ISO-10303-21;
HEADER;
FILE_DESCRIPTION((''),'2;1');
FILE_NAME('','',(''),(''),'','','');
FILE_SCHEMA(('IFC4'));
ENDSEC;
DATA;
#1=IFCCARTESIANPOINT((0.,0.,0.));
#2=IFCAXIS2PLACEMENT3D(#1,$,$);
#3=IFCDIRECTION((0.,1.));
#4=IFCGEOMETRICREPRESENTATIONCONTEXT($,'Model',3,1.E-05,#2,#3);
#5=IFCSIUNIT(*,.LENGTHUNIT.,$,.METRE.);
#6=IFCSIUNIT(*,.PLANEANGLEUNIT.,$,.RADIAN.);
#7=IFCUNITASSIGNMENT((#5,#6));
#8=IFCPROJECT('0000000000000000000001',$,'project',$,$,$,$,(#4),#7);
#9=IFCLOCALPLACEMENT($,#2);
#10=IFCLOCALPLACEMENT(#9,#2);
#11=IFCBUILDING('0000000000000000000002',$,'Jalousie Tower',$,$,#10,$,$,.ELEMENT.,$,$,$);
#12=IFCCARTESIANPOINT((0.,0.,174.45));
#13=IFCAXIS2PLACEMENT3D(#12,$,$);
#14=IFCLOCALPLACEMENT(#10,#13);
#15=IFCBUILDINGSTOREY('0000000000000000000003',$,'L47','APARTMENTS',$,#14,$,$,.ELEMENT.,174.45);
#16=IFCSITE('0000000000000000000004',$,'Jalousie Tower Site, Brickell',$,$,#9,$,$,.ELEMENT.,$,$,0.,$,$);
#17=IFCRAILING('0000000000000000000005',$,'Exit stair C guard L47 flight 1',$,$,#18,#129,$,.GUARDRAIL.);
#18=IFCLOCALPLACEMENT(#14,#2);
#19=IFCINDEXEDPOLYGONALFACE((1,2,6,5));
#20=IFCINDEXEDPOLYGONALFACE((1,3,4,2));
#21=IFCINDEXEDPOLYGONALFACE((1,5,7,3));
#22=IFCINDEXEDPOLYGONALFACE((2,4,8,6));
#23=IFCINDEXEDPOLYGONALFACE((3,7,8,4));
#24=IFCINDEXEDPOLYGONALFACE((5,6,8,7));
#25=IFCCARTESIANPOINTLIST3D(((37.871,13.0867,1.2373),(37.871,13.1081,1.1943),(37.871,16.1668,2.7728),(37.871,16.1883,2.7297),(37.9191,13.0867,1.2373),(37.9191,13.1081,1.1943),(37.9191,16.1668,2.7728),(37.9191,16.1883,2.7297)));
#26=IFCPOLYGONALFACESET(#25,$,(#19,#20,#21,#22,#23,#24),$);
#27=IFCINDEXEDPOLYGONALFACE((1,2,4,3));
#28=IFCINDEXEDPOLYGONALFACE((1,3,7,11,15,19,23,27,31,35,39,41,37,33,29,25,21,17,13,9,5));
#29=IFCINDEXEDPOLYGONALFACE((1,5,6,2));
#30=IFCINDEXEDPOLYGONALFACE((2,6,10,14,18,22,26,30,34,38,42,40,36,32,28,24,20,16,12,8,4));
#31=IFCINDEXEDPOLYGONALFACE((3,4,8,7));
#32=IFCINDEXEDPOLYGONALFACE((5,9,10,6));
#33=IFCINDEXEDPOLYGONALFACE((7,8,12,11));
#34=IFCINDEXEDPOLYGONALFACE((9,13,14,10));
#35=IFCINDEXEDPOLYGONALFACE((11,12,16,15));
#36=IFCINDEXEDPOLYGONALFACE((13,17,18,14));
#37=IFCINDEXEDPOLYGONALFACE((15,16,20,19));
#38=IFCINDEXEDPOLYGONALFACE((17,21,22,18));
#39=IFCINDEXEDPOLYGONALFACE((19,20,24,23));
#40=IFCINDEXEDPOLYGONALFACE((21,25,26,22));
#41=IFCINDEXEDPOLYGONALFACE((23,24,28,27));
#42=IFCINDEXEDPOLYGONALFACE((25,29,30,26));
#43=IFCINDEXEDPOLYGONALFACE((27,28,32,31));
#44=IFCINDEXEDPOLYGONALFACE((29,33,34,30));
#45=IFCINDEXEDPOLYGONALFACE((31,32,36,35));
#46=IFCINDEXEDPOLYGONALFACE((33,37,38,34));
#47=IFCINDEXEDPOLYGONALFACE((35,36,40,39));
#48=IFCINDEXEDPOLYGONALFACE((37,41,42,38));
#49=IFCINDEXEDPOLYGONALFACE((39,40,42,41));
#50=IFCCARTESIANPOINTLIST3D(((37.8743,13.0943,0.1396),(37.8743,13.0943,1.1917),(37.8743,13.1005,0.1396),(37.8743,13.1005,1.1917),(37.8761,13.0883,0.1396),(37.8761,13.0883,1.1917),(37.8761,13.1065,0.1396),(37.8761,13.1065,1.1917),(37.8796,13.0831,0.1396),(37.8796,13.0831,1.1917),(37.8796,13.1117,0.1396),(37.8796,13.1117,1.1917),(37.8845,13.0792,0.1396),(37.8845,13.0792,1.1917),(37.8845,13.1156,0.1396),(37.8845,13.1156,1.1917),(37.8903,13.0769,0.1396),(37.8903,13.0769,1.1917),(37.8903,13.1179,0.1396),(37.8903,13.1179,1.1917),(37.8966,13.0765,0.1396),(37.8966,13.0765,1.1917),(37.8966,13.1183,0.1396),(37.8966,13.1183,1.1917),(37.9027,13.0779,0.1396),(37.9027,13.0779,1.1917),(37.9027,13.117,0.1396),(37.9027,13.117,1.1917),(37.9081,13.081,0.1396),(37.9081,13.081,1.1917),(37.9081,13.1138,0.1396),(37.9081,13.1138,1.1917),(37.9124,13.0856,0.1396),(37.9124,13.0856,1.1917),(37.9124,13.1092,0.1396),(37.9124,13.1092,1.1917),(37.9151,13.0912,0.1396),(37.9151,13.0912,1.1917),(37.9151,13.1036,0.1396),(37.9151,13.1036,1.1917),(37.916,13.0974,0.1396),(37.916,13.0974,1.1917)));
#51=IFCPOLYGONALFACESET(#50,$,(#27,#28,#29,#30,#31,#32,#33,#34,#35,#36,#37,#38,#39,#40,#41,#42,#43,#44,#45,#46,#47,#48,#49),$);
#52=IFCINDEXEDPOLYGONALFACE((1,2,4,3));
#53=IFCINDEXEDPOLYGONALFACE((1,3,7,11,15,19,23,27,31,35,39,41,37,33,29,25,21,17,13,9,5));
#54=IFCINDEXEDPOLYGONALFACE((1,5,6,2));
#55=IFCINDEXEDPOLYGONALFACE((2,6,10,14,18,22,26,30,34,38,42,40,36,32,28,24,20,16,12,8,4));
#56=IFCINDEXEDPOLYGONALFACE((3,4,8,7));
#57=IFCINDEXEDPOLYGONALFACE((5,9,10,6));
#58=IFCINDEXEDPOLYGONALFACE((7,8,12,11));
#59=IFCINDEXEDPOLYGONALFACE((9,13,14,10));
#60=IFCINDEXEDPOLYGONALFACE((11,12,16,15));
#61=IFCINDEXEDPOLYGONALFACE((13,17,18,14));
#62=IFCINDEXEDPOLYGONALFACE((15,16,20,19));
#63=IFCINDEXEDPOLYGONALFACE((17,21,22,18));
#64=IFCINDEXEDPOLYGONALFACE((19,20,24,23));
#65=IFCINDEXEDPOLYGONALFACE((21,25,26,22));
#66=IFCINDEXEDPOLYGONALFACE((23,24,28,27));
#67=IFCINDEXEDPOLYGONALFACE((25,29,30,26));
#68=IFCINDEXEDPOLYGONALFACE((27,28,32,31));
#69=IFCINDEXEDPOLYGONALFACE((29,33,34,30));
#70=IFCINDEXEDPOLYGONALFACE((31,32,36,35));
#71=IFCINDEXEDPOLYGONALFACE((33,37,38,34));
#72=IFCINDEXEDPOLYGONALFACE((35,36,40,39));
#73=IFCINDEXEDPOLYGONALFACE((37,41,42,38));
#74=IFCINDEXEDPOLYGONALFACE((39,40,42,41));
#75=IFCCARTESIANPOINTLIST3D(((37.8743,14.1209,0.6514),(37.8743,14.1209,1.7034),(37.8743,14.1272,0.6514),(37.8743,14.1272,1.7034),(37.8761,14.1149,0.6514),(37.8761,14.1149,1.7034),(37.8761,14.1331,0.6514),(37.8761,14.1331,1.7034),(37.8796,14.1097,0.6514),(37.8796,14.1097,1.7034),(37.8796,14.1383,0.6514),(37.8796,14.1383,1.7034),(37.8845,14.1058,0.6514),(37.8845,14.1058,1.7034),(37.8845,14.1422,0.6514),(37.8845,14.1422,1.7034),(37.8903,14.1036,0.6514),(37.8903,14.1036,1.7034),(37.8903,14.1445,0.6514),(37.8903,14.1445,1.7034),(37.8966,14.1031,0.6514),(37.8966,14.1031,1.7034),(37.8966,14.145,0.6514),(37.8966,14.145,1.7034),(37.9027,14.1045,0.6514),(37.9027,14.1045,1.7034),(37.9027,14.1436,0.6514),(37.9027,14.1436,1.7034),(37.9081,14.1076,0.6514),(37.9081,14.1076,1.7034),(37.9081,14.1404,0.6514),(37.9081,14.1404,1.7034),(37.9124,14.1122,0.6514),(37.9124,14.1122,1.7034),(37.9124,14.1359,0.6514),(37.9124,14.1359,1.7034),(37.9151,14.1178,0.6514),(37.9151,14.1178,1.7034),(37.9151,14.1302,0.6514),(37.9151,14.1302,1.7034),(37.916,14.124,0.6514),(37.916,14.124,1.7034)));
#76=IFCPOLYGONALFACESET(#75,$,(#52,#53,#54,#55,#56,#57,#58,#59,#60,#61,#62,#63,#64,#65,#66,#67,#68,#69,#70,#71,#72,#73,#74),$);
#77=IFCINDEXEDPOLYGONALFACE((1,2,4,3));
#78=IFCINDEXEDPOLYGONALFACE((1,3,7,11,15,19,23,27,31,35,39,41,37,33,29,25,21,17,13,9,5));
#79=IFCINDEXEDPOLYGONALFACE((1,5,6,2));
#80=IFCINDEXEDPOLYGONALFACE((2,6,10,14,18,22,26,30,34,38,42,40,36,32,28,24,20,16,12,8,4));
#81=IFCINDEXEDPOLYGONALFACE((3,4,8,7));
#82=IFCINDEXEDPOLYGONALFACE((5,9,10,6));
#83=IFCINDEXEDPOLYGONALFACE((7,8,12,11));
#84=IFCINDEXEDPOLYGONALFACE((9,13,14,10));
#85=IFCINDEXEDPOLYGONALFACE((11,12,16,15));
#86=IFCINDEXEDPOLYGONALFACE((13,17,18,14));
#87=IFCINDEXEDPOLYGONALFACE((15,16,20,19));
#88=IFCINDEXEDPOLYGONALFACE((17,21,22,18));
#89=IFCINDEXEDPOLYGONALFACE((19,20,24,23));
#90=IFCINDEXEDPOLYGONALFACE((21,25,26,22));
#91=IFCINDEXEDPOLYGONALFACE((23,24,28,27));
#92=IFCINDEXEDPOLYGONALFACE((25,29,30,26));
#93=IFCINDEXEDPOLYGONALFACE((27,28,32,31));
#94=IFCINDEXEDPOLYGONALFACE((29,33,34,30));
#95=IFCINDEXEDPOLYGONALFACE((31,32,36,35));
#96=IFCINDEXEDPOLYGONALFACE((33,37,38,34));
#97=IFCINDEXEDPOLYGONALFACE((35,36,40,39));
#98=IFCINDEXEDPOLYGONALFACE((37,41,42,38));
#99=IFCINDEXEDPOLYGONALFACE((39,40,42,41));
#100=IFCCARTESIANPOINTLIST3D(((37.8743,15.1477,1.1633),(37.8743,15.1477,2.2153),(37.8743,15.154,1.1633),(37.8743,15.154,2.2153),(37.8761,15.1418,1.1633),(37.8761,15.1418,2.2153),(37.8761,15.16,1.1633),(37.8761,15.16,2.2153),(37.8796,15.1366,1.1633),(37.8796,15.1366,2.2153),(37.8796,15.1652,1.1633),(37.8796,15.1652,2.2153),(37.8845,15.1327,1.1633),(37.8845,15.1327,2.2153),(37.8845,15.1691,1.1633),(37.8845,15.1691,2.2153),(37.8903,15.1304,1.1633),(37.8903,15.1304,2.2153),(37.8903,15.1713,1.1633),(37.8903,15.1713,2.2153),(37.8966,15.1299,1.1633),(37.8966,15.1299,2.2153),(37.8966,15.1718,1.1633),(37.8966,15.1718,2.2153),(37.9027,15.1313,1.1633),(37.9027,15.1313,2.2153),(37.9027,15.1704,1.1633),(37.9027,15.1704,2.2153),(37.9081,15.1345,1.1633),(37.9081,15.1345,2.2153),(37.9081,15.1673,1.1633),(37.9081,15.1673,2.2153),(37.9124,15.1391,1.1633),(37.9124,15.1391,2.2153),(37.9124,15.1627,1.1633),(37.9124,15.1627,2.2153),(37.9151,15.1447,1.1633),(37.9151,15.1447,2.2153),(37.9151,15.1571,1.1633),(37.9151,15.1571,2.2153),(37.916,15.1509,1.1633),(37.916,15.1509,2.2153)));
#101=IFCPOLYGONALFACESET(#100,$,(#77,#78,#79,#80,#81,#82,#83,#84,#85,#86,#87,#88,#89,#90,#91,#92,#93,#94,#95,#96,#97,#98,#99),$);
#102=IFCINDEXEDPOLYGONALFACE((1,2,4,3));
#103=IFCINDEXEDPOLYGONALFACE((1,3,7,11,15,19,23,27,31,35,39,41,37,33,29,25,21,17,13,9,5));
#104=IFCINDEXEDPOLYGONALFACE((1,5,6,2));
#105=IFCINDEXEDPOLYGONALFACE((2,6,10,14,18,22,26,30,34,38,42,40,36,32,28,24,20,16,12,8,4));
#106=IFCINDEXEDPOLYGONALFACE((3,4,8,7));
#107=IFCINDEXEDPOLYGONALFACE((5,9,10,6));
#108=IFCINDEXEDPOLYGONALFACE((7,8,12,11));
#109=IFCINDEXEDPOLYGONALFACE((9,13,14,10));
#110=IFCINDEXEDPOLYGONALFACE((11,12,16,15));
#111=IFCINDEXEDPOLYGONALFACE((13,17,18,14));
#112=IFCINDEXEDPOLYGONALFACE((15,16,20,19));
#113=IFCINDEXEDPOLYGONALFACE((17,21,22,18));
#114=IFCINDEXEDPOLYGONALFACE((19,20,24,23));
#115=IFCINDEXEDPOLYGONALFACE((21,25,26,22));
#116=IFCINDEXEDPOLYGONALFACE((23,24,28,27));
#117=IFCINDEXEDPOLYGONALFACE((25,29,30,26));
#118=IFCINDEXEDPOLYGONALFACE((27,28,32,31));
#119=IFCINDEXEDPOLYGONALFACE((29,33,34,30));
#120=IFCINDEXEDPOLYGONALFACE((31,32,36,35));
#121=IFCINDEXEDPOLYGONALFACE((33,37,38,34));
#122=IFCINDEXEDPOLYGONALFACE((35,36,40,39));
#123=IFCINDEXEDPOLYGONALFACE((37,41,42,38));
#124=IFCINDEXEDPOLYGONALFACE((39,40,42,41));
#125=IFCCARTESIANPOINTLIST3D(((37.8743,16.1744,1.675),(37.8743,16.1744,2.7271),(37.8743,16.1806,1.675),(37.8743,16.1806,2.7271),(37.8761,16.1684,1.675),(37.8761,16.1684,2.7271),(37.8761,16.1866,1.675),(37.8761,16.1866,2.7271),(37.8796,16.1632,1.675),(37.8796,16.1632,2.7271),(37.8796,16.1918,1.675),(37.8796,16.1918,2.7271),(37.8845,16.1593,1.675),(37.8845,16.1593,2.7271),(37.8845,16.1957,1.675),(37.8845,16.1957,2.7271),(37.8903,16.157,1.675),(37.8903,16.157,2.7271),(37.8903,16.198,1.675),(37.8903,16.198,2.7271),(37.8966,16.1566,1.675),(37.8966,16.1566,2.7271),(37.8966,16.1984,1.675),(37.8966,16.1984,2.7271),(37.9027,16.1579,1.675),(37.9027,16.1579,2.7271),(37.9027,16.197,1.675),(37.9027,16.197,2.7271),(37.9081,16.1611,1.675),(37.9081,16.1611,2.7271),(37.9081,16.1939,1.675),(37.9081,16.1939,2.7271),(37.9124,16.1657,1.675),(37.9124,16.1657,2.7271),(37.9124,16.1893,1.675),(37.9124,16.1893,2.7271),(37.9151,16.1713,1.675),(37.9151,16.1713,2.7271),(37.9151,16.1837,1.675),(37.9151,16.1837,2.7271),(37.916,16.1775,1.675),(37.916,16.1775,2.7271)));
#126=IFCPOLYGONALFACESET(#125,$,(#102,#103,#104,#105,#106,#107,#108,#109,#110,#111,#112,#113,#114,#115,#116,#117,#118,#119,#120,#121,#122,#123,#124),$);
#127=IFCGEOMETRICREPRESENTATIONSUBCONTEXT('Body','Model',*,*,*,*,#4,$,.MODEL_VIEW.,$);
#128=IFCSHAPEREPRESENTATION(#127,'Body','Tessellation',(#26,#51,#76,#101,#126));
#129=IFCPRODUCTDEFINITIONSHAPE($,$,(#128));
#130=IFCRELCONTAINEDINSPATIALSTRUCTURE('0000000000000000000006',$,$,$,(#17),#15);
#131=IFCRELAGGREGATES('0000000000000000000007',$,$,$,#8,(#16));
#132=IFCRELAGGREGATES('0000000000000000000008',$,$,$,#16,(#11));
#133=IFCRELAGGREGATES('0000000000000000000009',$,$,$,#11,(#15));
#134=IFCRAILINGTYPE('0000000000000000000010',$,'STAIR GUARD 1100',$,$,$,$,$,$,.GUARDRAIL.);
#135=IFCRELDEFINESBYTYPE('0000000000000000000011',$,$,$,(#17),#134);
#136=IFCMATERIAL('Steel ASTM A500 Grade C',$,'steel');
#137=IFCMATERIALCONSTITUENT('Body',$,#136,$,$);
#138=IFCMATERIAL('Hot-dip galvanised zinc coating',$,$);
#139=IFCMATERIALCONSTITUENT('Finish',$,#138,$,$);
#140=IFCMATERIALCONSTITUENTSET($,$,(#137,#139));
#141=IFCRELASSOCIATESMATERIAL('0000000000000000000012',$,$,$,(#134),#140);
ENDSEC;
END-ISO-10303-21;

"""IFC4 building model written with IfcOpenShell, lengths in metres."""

from ifc_helpers import new_model, si_unit, direction, frame, origin, origin_2d, place, context, subcontext, project, spatial, rectangle, circle, extrude, material, constituent, constituent_set, type_object, element, save


model = new_model("IFC4")

# Units and contexts
model_context = context("Model", 3, precision=1e-05, world=origin(), true_north=direction((0.0, 1.0)))
body_context = subcontext(model_context, "Body", "Model", "MODEL_VIEW")
ifc_project = project(units=[si_unit("LENGTHUNIT", "METRE"), si_unit("PLANEANGLEUNIT", "RADIAN")], contexts=[model_context])

# Site, building, storey
site_placement = place(None, origin())
site = spatial("IfcSite", under=ifc_project, at=site_placement, Name="Jalousie Tower Site, Brickell", CompositionType="ELEMENT", RefElevation=0.0)
building_placement = place(site_placement, origin())
building = spatial("IfcBuilding", under=site, at=building_placement, Name="Jalousie Tower", CompositionType="ELEMENT")
storey_placement = place(building_placement, frame((0.0, 0.0, 174.45)))
storey = spatial("IfcBuildingStorey", under=building, at=storey_placement, Name="L47", Description="APARTMENTS", CompositionType="ELEMENT", Elevation=174.45)

# Railing
ifc_material_1 = material(Name="Steel ASTM A500 Grade C", Category="steel")
ifc_constituent_1 = constituent(ifc_material_1, Name="Body")
ifc_material_2 = material(Name="Hot-dip galvanised zinc coating")
ifc_constituent_2 = constituent(ifc_material_2, Name="Finish")
ifc_constituent_set_1 = constituent_set(constituents=[ifc_constituent_1, ifc_constituent_2])
railing_type_1 = type_object("IfcRailingType", Name="STAIR GUARD 1100", PredefinedType="GUARDRAIL", material=ifc_constituent_set_1)
railing_1_placement = place(storey_placement, frame((37.895, 13.0974, 0.1396)))
element("IfcRailing", 1, at=railing_1_placement, inside=storey, type_object=railing_type_1, Name="Exit stair C guard L47 flight 1", PredefinedType="GUARDRAIL", context=body_context, shape_type="SweptSolid", body=[
    extrude(rectangle(XDim=0.0481, YDim=0.0481, at=origin_2d()), frame((0.0, 0.0, 1.0762), z_axis=(0.0, 0.894966, 0.446135), x_axis=(-1.0, 0.0, 0.0)), (0.0, 0.0, 1.0), 3.4417),
    extrude(circle(Radius=0.021, at=origin_2d()), origin(), (0.0, 0.0, 1.0), 1.052),
    extrude(circle(Radius=0.021, at=origin_2d()), frame((0.0, 1.0266, 0.5117)), (0.0, 0.0, 1.0), 1.052),
    extrude(circle(Radius=0.021, at=origin_2d()), frame((0.0, 2.0535, 1.0237)), (0.0, 0.0, 1.0), 1.052),
    extrude(circle(Radius=0.021, at=origin_2d()), frame((0.0, 3.0801, 1.5354)), (0.0, 0.0, 1.0), 1.052),
])

save(model, "model.ifc")
